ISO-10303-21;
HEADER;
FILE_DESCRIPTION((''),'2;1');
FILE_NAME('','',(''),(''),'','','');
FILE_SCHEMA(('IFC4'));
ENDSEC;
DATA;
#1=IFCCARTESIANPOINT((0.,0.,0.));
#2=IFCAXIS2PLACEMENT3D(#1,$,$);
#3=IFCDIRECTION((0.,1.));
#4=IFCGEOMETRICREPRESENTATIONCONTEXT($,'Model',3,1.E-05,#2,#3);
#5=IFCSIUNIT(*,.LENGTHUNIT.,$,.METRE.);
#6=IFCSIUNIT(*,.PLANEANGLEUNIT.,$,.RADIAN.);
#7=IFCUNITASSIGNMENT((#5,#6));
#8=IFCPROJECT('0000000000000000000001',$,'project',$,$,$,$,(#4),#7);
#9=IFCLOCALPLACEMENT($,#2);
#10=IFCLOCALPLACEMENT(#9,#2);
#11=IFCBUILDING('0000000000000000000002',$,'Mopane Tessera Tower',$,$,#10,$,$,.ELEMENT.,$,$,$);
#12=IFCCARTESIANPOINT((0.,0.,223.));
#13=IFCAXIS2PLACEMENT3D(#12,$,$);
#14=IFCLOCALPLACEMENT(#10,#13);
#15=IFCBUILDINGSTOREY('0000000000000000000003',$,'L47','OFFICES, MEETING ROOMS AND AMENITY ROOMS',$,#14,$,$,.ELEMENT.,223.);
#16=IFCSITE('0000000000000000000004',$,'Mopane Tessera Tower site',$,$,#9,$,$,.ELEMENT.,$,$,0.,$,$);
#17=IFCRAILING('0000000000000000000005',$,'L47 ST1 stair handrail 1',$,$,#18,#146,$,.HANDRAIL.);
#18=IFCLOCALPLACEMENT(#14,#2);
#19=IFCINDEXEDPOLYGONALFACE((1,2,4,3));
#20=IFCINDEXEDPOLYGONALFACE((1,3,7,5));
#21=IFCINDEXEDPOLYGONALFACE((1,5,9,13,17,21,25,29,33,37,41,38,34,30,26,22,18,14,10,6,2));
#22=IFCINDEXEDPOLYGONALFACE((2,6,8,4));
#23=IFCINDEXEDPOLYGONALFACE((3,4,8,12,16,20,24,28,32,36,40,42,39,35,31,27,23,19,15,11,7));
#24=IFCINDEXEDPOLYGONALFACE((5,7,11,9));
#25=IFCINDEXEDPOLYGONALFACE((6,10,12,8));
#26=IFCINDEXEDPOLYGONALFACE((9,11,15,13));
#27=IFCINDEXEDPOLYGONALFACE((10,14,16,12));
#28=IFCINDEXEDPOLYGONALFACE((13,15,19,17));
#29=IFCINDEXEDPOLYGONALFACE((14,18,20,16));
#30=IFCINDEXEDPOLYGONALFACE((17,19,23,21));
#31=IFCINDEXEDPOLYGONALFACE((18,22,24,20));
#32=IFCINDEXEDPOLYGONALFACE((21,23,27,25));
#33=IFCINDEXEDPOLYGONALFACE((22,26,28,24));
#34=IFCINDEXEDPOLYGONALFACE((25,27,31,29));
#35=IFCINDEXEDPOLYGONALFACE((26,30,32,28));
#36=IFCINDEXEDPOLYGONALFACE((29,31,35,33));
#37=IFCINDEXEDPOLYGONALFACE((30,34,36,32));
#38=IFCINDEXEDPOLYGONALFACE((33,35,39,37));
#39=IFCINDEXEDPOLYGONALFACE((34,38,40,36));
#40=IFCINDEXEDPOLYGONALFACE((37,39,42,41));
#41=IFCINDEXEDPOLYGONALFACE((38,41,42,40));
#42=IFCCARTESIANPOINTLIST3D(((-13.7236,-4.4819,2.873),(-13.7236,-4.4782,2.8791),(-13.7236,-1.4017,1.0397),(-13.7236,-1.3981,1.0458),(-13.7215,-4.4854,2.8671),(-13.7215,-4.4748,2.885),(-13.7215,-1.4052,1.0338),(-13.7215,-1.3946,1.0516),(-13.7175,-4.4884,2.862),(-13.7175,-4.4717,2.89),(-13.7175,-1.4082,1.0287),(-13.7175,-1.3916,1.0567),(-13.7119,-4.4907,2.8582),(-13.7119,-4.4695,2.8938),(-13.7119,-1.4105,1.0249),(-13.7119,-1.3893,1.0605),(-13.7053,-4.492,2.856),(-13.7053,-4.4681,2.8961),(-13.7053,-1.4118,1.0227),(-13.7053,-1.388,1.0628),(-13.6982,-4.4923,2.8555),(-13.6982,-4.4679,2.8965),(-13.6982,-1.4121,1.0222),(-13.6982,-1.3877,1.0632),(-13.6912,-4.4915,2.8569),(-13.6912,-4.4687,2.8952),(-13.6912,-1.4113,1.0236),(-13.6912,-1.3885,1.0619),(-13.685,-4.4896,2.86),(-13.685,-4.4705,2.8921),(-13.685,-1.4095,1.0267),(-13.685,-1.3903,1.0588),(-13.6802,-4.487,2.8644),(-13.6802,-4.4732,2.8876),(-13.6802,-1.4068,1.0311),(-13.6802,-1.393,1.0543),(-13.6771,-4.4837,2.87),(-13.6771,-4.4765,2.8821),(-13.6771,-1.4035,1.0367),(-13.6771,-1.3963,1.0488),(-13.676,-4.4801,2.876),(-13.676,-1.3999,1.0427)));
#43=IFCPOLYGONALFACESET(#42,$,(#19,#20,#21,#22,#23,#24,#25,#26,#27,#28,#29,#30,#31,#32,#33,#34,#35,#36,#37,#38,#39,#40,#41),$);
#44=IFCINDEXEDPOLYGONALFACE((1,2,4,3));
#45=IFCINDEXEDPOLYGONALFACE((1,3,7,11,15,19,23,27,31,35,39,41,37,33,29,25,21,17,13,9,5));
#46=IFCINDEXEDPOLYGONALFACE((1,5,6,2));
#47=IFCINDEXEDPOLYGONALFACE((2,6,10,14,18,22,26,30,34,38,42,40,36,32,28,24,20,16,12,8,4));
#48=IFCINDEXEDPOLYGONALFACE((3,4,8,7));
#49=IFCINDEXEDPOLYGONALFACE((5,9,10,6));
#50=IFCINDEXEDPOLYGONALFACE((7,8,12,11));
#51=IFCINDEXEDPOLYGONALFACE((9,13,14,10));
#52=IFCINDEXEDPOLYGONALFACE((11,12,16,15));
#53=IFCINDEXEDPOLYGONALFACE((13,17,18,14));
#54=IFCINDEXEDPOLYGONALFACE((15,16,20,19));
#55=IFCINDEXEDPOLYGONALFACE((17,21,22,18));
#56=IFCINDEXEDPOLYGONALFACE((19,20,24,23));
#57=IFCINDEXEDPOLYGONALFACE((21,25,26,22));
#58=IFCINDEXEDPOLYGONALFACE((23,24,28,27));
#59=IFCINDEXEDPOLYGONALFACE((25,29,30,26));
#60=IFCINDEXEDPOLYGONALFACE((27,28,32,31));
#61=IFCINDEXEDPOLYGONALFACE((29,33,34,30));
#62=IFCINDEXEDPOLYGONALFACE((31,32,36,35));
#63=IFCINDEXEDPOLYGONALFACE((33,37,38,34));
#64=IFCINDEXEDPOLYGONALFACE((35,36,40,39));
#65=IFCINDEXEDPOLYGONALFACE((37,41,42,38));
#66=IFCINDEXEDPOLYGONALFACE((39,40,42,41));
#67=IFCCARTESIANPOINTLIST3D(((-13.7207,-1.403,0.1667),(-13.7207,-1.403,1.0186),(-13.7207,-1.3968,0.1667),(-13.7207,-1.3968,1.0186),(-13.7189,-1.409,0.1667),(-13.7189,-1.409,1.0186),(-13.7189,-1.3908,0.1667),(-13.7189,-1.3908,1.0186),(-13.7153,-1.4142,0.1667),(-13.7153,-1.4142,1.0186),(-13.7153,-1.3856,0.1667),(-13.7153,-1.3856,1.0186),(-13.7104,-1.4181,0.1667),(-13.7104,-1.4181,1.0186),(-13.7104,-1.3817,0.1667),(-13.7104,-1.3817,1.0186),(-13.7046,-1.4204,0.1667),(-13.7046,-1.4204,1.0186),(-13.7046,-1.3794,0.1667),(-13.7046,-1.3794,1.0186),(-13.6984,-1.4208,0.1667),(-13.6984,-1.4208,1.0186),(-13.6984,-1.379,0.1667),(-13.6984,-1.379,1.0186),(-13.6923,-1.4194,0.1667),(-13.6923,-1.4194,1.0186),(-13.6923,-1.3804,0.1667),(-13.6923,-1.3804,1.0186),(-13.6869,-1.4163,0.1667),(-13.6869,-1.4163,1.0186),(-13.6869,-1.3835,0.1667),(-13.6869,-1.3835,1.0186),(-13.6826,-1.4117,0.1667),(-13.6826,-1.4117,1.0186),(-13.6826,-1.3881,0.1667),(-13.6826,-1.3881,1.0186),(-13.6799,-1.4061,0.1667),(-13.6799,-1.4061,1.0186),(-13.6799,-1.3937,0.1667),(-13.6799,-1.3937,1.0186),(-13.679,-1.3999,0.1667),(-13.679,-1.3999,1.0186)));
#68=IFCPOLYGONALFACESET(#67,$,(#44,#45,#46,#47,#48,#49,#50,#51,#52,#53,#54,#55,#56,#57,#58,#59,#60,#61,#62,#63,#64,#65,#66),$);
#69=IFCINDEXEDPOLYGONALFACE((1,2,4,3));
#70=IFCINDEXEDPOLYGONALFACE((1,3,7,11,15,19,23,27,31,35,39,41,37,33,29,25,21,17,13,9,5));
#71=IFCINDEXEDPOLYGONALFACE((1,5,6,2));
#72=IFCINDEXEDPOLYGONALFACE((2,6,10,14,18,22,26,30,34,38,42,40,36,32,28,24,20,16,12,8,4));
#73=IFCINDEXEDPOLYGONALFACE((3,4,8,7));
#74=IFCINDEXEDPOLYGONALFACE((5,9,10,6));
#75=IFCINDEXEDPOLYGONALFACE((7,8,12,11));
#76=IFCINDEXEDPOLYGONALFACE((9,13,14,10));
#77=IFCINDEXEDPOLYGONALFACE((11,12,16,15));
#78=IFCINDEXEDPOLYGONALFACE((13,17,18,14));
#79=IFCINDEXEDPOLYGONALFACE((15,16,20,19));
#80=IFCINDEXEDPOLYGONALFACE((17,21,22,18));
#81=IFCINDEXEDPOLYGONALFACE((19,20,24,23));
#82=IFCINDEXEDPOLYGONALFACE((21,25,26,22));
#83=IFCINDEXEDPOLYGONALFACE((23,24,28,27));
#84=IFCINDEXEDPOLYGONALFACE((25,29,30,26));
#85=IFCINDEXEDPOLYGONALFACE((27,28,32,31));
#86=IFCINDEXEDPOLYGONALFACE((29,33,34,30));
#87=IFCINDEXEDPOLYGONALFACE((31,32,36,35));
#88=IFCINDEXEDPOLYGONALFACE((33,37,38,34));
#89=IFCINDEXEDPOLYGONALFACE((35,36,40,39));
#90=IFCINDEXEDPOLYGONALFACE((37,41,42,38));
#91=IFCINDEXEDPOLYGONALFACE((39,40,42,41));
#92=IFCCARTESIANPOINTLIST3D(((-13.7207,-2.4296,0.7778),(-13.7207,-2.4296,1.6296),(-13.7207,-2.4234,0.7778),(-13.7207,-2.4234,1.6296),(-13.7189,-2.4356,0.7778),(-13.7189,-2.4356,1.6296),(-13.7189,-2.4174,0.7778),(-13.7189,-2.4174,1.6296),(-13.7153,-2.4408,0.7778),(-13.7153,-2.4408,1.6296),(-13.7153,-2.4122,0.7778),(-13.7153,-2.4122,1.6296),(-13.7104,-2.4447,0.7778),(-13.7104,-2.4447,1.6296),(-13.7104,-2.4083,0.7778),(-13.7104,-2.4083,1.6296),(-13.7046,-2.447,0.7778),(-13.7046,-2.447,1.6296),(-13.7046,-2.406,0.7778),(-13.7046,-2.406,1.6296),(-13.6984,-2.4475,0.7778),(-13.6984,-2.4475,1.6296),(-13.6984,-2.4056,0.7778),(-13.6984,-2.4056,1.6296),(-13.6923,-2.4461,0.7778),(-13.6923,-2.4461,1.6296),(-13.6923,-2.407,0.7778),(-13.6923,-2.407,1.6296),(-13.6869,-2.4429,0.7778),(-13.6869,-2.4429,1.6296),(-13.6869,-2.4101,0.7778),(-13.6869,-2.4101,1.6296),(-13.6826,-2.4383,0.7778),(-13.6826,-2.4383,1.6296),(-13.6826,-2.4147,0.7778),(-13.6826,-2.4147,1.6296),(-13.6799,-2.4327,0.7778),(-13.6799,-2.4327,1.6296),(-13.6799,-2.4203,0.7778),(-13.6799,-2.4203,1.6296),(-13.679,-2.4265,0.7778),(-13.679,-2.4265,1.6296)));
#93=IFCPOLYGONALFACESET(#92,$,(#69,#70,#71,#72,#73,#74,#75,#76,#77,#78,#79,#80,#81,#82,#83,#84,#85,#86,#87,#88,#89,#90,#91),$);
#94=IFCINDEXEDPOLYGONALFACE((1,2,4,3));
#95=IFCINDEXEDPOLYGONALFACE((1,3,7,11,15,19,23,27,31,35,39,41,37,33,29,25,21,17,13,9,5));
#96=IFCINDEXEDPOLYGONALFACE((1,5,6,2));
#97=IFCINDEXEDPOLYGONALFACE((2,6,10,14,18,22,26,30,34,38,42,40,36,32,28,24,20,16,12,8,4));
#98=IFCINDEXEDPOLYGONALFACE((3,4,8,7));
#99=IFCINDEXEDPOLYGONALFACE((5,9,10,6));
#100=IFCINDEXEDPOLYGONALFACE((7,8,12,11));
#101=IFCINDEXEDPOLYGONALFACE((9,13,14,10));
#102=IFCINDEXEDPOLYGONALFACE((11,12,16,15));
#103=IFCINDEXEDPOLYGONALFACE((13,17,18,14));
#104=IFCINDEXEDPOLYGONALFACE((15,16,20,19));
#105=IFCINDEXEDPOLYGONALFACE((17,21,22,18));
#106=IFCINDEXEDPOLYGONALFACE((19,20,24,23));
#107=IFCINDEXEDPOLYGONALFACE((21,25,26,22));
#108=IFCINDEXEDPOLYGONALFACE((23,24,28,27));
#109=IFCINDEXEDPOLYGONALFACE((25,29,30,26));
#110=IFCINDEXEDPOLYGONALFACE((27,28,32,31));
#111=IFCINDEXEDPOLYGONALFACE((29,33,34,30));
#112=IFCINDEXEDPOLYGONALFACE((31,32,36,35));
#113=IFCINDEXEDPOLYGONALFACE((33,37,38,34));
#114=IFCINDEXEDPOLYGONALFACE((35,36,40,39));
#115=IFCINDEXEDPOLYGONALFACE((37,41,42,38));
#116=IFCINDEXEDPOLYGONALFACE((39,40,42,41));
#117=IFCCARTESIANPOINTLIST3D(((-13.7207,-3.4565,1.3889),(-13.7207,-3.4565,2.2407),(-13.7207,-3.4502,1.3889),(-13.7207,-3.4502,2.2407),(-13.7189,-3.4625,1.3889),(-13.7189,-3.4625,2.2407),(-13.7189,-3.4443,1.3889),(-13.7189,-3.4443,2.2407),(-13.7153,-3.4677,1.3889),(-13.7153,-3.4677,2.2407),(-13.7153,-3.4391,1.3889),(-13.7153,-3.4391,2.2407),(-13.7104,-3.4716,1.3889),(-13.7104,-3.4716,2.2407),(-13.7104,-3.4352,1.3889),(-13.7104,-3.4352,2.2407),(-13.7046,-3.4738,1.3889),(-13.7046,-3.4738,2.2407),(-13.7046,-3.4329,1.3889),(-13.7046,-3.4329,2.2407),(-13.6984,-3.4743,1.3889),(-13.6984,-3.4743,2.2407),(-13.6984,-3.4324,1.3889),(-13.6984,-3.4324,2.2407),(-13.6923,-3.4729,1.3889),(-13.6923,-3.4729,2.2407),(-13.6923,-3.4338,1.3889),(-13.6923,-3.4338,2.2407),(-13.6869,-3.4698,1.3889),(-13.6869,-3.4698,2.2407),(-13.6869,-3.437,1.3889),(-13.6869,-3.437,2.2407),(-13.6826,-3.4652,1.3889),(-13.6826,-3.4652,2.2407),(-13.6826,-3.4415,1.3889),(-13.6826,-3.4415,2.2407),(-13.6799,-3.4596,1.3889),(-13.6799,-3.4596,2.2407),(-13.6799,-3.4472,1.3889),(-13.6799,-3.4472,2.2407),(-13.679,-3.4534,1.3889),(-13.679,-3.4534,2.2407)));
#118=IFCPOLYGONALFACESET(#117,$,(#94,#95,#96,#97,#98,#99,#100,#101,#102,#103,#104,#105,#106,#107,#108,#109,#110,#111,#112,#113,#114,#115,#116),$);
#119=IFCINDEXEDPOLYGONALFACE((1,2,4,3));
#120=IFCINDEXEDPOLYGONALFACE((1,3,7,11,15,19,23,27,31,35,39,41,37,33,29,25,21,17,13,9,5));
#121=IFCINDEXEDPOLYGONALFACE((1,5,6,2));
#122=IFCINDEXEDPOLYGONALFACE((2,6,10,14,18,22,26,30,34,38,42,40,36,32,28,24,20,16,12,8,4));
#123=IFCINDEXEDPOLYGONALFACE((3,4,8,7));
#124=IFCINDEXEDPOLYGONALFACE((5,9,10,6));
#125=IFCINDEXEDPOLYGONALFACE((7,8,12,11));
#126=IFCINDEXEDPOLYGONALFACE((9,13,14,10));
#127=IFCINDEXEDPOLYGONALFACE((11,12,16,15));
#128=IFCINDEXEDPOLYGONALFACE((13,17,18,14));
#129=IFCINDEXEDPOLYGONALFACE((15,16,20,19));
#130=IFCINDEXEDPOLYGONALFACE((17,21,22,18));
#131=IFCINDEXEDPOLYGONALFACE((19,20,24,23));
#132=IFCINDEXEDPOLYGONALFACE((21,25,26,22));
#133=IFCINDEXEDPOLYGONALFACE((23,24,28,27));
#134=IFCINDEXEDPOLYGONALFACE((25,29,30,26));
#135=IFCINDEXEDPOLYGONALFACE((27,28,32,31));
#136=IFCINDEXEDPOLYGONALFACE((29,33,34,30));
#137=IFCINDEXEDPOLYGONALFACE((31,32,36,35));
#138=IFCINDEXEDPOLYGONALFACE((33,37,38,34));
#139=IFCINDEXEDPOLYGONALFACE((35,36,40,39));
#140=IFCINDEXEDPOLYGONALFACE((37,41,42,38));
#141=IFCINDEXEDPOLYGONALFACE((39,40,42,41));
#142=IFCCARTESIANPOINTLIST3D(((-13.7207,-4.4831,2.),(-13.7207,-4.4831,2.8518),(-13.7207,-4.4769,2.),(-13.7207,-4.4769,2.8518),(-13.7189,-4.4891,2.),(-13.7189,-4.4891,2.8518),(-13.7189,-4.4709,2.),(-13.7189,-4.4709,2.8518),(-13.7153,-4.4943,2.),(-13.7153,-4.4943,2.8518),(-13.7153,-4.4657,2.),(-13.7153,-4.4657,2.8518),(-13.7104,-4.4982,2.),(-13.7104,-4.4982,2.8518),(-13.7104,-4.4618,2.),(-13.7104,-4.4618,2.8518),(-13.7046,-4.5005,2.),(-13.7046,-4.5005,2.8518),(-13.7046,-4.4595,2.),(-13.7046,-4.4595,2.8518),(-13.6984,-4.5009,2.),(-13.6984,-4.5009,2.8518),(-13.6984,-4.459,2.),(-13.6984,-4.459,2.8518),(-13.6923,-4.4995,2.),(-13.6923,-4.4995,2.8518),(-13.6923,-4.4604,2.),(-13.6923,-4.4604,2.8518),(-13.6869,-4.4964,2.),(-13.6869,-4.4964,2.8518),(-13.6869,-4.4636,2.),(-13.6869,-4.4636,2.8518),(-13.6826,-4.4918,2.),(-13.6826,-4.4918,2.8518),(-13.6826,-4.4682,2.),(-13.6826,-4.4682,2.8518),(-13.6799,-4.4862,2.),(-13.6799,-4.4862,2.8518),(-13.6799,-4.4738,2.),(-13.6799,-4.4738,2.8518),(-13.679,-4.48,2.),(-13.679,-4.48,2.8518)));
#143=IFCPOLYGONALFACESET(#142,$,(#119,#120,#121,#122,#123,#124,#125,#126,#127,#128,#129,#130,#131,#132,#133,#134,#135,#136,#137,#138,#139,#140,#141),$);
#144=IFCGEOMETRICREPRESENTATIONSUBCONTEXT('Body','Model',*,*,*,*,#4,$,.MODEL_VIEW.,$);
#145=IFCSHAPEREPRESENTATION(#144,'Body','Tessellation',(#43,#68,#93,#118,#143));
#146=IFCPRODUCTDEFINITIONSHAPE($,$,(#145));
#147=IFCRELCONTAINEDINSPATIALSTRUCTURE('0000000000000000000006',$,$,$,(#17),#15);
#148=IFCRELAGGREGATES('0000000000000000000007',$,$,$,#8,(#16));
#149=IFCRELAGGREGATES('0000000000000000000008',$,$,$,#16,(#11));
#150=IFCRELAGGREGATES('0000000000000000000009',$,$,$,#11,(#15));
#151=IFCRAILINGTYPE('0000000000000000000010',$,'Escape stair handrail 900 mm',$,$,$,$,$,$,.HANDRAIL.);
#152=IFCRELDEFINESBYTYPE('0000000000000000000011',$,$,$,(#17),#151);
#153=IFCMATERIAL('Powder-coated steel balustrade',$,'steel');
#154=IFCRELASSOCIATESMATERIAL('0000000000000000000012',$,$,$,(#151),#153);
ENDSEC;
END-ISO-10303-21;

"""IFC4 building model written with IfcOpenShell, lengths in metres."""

from ifc_helpers import new_model, si_unit, direction, frame, origin, origin_2d, place, context, subcontext, project, spatial, circle, extrude, material, type_object, element, save


model = new_model("IFC4")

# Units and contexts
model_context = context("Model", 3, precision=1e-05, world=origin(), true_north=direction((0.0, 1.0)))
body_context = subcontext(model_context, "Body", "Model", "MODEL_VIEW")
ifc_project = project(units=[si_unit("LENGTHUNIT", "METRE"), si_unit("PLANEANGLEUNIT", "RADIAN")], contexts=[model_context])

# Site, building, storey
site_placement = place(None, origin())
site = spatial("IfcSite", under=ifc_project, at=site_placement, Name="Mopane Tessera Tower site", CompositionType="ELEMENT", RefElevation=0.0)
building_placement = place(site_placement, origin())
building = spatial("IfcBuilding", under=site, at=building_placement, Name="Mopane Tessera Tower", CompositionType="ELEMENT")
storey_placement = place(building_placement, frame((0.0, 0.0, 223.0)))
storey = spatial("IfcBuildingStorey", under=building, at=storey_placement, Name="L47", Description="OFFICES, MEETING ROOMS AND AMENITY ROOMS", CompositionType="ELEMENT", Elevation=223.0)

# Railing
ifc_material_1 = material(Name="Powder-coated steel balustrade", Category="steel")
railing_type_1 = type_object("IfcRailingType", Name="Escape stair handrail 900 mm", PredefinedType="HANDRAIL", material=ifc_material_1)
railing_1_placement = place(storey_placement, frame((-13.7, -1.3999, 0.1667)))
element("IfcRailing", 1, at=railing_1_placement, inside=storey, type_object=railing_type_1, Name="L47 ST1 stair handrail 1", PredefinedType="HANDRAIL", context=body_context, shape_type="SweptSolid", body=[
    extrude(circle(Radius=0.0239, at=origin_2d()), frame((0.0, 0.0, 0.876), z_axis=(0.0, -0.859309, 0.511458), x_axis=(1.0, 0.0, 0.0)), (0.0, 0.0, 1.0), 3.5845),
    extrude(circle(Radius=0.021, at=origin_2d()), origin(), (0.0, 0.0, 1.0), 0.8518),
    extrude(circle(Radius=0.021, at=origin_2d()), frame((0.0, -1.0266, 0.6111)), (0.0, 0.0, 1.0), 0.8518),
    extrude(circle(Radius=0.021, at=origin_2d()), frame((0.0, -2.0535, 1.2222)), (0.0, 0.0, 1.0), 0.8518),
    extrude(circle(Radius=0.021, at=origin_2d()), frame((0.0, -3.0801, 1.8333)), (0.0, 0.0, 1.0), 0.8518),
])

save(model, "model.ifc")
